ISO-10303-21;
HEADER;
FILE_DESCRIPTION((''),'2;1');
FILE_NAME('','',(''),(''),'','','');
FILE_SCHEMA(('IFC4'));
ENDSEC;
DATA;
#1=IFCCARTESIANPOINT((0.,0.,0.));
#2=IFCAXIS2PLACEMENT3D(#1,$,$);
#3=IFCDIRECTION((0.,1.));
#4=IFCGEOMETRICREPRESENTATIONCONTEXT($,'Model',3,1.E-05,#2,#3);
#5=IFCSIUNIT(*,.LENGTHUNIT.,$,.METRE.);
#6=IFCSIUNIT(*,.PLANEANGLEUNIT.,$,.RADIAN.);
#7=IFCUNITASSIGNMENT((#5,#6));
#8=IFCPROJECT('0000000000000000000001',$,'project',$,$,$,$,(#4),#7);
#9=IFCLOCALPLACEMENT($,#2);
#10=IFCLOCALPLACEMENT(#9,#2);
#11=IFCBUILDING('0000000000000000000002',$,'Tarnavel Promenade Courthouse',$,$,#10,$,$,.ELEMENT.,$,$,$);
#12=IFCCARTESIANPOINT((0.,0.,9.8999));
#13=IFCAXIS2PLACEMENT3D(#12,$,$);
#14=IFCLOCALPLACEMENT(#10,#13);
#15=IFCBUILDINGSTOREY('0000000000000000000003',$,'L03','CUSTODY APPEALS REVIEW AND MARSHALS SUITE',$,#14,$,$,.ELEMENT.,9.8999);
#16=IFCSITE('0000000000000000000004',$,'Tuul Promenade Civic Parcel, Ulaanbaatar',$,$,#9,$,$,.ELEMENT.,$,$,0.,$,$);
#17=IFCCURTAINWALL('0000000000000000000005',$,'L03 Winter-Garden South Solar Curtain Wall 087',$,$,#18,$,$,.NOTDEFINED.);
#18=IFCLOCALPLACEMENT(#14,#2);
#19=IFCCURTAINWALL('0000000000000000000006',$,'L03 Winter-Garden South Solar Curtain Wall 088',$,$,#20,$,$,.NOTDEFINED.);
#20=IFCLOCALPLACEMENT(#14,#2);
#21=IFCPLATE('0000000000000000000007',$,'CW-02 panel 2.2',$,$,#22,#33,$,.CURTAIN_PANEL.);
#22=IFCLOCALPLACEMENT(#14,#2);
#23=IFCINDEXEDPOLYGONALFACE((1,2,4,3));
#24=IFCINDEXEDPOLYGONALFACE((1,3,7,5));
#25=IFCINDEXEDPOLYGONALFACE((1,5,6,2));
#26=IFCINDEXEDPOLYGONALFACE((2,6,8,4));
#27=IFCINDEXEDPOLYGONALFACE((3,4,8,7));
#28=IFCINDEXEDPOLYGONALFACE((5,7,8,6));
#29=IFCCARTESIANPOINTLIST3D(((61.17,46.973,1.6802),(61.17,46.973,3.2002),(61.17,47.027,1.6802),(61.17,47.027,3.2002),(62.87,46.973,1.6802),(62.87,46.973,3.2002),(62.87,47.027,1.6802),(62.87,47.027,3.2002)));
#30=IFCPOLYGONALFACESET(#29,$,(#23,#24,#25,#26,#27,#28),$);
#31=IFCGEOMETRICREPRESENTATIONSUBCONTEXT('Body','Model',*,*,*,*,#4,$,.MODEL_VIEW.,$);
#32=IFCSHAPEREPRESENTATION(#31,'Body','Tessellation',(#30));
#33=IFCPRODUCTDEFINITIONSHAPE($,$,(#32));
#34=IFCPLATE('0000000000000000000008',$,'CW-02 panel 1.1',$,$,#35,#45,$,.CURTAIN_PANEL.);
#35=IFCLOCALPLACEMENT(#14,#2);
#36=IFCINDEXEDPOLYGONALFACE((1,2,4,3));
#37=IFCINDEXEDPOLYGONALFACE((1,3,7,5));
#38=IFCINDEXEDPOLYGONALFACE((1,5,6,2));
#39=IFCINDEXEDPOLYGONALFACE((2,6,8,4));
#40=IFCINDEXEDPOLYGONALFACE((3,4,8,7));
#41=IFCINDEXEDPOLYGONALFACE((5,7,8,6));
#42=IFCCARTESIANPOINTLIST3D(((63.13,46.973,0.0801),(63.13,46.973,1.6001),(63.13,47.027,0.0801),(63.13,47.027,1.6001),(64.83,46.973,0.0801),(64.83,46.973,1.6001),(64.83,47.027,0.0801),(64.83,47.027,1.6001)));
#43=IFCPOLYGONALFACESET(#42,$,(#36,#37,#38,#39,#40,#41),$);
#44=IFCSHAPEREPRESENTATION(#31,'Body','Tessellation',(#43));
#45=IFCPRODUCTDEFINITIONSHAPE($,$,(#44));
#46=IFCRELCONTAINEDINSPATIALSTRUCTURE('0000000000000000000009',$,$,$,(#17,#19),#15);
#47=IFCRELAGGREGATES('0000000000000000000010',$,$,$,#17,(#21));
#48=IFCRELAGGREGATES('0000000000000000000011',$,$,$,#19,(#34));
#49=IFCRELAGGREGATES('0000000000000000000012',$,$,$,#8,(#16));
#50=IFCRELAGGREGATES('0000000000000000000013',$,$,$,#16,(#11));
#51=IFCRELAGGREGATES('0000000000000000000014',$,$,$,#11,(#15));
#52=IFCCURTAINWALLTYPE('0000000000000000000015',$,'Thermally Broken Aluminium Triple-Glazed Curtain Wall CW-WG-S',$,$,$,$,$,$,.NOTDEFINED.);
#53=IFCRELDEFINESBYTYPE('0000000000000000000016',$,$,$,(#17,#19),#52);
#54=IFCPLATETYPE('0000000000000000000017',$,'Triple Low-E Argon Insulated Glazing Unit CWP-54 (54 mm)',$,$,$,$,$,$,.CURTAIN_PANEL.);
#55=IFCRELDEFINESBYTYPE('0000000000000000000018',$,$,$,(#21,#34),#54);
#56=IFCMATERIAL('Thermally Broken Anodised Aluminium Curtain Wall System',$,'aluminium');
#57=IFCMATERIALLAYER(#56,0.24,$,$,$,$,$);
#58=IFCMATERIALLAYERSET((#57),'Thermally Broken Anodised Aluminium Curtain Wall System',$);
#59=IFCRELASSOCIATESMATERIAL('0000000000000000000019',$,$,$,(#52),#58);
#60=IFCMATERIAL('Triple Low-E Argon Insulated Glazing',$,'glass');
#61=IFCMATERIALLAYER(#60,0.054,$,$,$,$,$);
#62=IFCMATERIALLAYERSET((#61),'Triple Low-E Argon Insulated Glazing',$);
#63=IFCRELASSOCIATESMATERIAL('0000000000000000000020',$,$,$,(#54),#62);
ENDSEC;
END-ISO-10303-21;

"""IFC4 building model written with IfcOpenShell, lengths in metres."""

from ifc_helpers import new_model, si_unit, direction, frame, origin, origin_2d, place, context, subcontext, project, spatial, rectangle, extrude, material, layer, layer_set, type_object, element, aggregate, save


model = new_model("IFC4")

# Units and contexts
model_context = context("Model", 3, precision=1e-05, world=origin(), true_north=direction((0.0, 1.0)))
body_context = subcontext(model_context, "Body", "Model", "MODEL_VIEW")
ifc_project = project(units=[si_unit("LENGTHUNIT", "METRE"), si_unit("PLANEANGLEUNIT", "RADIAN")], contexts=[model_context])

# Site, building, storey
site_placement = place(None, origin())
site = spatial("IfcSite", under=ifc_project, at=site_placement, Name="Tuul Promenade Civic Parcel, Ulaanbaatar", CompositionType="ELEMENT", RefElevation=0.0)
building_placement = place(site_placement, origin())
building = spatial("IfcBuilding", under=site, at=building_placement, Name="Tarnavel Promenade Courthouse", CompositionType="ELEMENT")
storey_placement = place(building_placement, frame((0.0, 0.0, 9.8999)))
storey = spatial("IfcBuildingStorey", under=building, at=storey_placement, Name="L03", Description="CUSTODY APPEALS REVIEW AND MARSHALS SUITE", CompositionType="ELEMENT", Elevation=9.8999)

# Shared definitions
ifc_material_1 = material(Name="Thermally Broken Anodised Aluminium Curtain Wall System", Category="aluminium")
ifc_layer_1 = layer(ifc_material_1, 0.24)
ifc_layer_set_1 = layer_set([ifc_layer_1], Name="Thermally Broken Anodised Aluminium Curtain Wall System")
curtain_wall_type = type_object("IfcCurtainWallType", Name="Thermally Broken Aluminium Triple-Glazed Curtain Wall CW-WG-S", PredefinedType="NOTDEFINED", material=ifc_layer_set_1)

# Curtain wall
curtain_wall_1_placement = place(storey_placement, origin())
curtain_wall_1 = element("IfcCurtainWall", 1, at=curtain_wall_1_placement, inside=storey, type_object=curtain_wall_type, Name="L03 Winter-Garden South Solar Curtain Wall 087", PredefinedType="NOTDEFINED")

# Curtain wall
curtain_wall_2_placement = place(storey_placement, origin())
curtain_wall_2 = element("IfcCurtainWall", 2, at=curtain_wall_2_placement, inside=storey, type_object=curtain_wall_type, Name="L03 Winter-Garden South Solar Curtain Wall 088", PredefinedType="NOTDEFINED")

# Plates
ifc_material_2 = material(Name="Triple Low-E Argon Insulated Glazing", Category="glass")
ifc_layer_2 = layer(ifc_material_2, 0.054)
ifc_layer_set_2 = layer_set([ifc_layer_2], Name="Triple Low-E Argon Insulated Glazing")
plate_type = type_object("IfcPlateType", Name="Triple Low-E Argon Insulated Glazing Unit CWP-54 (54 mm)", PredefinedType="CURTAIN_PANEL", material=ifc_layer_set_2)
plate_1_placement = place(storey_placement, frame((62.02, 47.0, 1.6802), z_axis=(0.0, 0.0, 1.0), x_axis=(1.0, 0.0, 0.0)))
plate_1 = element("IfcPlate", 3, at=plate_1_placement, type_object=plate_type, Name="CW-02 panel 2.2", PredefinedType="CURTAIN_PANEL", context=body_context, shape_type="SweptSolid", body=[
    extrude(rectangle(XDim=1.7, YDim=0.054, at=origin_2d()), origin(), (0.0, 0.0, 1.0), 1.52),
])
aggregate(curtain_wall_1, [plate_1])
plate_2_placement = place(storey_placement, frame((63.98, 47.0, 0.0801), z_axis=(0.0, 0.0, 1.0), x_axis=(1.0, 0.0, 0.0)))
plate_2 = element("IfcPlate", 4, at=plate_2_placement, type_object=plate_type, Name="CW-02 panel 1.1", PredefinedType="CURTAIN_PANEL", context=body_context, shape_type="SweptSolid", body=[
    extrude(rectangle(XDim=1.7, YDim=0.054, at=origin_2d()), origin(), (0.0, 0.0, 1.0), 1.52),
])
aggregate(curtain_wall_2, [plate_2])

save(model, "model.ifc")
